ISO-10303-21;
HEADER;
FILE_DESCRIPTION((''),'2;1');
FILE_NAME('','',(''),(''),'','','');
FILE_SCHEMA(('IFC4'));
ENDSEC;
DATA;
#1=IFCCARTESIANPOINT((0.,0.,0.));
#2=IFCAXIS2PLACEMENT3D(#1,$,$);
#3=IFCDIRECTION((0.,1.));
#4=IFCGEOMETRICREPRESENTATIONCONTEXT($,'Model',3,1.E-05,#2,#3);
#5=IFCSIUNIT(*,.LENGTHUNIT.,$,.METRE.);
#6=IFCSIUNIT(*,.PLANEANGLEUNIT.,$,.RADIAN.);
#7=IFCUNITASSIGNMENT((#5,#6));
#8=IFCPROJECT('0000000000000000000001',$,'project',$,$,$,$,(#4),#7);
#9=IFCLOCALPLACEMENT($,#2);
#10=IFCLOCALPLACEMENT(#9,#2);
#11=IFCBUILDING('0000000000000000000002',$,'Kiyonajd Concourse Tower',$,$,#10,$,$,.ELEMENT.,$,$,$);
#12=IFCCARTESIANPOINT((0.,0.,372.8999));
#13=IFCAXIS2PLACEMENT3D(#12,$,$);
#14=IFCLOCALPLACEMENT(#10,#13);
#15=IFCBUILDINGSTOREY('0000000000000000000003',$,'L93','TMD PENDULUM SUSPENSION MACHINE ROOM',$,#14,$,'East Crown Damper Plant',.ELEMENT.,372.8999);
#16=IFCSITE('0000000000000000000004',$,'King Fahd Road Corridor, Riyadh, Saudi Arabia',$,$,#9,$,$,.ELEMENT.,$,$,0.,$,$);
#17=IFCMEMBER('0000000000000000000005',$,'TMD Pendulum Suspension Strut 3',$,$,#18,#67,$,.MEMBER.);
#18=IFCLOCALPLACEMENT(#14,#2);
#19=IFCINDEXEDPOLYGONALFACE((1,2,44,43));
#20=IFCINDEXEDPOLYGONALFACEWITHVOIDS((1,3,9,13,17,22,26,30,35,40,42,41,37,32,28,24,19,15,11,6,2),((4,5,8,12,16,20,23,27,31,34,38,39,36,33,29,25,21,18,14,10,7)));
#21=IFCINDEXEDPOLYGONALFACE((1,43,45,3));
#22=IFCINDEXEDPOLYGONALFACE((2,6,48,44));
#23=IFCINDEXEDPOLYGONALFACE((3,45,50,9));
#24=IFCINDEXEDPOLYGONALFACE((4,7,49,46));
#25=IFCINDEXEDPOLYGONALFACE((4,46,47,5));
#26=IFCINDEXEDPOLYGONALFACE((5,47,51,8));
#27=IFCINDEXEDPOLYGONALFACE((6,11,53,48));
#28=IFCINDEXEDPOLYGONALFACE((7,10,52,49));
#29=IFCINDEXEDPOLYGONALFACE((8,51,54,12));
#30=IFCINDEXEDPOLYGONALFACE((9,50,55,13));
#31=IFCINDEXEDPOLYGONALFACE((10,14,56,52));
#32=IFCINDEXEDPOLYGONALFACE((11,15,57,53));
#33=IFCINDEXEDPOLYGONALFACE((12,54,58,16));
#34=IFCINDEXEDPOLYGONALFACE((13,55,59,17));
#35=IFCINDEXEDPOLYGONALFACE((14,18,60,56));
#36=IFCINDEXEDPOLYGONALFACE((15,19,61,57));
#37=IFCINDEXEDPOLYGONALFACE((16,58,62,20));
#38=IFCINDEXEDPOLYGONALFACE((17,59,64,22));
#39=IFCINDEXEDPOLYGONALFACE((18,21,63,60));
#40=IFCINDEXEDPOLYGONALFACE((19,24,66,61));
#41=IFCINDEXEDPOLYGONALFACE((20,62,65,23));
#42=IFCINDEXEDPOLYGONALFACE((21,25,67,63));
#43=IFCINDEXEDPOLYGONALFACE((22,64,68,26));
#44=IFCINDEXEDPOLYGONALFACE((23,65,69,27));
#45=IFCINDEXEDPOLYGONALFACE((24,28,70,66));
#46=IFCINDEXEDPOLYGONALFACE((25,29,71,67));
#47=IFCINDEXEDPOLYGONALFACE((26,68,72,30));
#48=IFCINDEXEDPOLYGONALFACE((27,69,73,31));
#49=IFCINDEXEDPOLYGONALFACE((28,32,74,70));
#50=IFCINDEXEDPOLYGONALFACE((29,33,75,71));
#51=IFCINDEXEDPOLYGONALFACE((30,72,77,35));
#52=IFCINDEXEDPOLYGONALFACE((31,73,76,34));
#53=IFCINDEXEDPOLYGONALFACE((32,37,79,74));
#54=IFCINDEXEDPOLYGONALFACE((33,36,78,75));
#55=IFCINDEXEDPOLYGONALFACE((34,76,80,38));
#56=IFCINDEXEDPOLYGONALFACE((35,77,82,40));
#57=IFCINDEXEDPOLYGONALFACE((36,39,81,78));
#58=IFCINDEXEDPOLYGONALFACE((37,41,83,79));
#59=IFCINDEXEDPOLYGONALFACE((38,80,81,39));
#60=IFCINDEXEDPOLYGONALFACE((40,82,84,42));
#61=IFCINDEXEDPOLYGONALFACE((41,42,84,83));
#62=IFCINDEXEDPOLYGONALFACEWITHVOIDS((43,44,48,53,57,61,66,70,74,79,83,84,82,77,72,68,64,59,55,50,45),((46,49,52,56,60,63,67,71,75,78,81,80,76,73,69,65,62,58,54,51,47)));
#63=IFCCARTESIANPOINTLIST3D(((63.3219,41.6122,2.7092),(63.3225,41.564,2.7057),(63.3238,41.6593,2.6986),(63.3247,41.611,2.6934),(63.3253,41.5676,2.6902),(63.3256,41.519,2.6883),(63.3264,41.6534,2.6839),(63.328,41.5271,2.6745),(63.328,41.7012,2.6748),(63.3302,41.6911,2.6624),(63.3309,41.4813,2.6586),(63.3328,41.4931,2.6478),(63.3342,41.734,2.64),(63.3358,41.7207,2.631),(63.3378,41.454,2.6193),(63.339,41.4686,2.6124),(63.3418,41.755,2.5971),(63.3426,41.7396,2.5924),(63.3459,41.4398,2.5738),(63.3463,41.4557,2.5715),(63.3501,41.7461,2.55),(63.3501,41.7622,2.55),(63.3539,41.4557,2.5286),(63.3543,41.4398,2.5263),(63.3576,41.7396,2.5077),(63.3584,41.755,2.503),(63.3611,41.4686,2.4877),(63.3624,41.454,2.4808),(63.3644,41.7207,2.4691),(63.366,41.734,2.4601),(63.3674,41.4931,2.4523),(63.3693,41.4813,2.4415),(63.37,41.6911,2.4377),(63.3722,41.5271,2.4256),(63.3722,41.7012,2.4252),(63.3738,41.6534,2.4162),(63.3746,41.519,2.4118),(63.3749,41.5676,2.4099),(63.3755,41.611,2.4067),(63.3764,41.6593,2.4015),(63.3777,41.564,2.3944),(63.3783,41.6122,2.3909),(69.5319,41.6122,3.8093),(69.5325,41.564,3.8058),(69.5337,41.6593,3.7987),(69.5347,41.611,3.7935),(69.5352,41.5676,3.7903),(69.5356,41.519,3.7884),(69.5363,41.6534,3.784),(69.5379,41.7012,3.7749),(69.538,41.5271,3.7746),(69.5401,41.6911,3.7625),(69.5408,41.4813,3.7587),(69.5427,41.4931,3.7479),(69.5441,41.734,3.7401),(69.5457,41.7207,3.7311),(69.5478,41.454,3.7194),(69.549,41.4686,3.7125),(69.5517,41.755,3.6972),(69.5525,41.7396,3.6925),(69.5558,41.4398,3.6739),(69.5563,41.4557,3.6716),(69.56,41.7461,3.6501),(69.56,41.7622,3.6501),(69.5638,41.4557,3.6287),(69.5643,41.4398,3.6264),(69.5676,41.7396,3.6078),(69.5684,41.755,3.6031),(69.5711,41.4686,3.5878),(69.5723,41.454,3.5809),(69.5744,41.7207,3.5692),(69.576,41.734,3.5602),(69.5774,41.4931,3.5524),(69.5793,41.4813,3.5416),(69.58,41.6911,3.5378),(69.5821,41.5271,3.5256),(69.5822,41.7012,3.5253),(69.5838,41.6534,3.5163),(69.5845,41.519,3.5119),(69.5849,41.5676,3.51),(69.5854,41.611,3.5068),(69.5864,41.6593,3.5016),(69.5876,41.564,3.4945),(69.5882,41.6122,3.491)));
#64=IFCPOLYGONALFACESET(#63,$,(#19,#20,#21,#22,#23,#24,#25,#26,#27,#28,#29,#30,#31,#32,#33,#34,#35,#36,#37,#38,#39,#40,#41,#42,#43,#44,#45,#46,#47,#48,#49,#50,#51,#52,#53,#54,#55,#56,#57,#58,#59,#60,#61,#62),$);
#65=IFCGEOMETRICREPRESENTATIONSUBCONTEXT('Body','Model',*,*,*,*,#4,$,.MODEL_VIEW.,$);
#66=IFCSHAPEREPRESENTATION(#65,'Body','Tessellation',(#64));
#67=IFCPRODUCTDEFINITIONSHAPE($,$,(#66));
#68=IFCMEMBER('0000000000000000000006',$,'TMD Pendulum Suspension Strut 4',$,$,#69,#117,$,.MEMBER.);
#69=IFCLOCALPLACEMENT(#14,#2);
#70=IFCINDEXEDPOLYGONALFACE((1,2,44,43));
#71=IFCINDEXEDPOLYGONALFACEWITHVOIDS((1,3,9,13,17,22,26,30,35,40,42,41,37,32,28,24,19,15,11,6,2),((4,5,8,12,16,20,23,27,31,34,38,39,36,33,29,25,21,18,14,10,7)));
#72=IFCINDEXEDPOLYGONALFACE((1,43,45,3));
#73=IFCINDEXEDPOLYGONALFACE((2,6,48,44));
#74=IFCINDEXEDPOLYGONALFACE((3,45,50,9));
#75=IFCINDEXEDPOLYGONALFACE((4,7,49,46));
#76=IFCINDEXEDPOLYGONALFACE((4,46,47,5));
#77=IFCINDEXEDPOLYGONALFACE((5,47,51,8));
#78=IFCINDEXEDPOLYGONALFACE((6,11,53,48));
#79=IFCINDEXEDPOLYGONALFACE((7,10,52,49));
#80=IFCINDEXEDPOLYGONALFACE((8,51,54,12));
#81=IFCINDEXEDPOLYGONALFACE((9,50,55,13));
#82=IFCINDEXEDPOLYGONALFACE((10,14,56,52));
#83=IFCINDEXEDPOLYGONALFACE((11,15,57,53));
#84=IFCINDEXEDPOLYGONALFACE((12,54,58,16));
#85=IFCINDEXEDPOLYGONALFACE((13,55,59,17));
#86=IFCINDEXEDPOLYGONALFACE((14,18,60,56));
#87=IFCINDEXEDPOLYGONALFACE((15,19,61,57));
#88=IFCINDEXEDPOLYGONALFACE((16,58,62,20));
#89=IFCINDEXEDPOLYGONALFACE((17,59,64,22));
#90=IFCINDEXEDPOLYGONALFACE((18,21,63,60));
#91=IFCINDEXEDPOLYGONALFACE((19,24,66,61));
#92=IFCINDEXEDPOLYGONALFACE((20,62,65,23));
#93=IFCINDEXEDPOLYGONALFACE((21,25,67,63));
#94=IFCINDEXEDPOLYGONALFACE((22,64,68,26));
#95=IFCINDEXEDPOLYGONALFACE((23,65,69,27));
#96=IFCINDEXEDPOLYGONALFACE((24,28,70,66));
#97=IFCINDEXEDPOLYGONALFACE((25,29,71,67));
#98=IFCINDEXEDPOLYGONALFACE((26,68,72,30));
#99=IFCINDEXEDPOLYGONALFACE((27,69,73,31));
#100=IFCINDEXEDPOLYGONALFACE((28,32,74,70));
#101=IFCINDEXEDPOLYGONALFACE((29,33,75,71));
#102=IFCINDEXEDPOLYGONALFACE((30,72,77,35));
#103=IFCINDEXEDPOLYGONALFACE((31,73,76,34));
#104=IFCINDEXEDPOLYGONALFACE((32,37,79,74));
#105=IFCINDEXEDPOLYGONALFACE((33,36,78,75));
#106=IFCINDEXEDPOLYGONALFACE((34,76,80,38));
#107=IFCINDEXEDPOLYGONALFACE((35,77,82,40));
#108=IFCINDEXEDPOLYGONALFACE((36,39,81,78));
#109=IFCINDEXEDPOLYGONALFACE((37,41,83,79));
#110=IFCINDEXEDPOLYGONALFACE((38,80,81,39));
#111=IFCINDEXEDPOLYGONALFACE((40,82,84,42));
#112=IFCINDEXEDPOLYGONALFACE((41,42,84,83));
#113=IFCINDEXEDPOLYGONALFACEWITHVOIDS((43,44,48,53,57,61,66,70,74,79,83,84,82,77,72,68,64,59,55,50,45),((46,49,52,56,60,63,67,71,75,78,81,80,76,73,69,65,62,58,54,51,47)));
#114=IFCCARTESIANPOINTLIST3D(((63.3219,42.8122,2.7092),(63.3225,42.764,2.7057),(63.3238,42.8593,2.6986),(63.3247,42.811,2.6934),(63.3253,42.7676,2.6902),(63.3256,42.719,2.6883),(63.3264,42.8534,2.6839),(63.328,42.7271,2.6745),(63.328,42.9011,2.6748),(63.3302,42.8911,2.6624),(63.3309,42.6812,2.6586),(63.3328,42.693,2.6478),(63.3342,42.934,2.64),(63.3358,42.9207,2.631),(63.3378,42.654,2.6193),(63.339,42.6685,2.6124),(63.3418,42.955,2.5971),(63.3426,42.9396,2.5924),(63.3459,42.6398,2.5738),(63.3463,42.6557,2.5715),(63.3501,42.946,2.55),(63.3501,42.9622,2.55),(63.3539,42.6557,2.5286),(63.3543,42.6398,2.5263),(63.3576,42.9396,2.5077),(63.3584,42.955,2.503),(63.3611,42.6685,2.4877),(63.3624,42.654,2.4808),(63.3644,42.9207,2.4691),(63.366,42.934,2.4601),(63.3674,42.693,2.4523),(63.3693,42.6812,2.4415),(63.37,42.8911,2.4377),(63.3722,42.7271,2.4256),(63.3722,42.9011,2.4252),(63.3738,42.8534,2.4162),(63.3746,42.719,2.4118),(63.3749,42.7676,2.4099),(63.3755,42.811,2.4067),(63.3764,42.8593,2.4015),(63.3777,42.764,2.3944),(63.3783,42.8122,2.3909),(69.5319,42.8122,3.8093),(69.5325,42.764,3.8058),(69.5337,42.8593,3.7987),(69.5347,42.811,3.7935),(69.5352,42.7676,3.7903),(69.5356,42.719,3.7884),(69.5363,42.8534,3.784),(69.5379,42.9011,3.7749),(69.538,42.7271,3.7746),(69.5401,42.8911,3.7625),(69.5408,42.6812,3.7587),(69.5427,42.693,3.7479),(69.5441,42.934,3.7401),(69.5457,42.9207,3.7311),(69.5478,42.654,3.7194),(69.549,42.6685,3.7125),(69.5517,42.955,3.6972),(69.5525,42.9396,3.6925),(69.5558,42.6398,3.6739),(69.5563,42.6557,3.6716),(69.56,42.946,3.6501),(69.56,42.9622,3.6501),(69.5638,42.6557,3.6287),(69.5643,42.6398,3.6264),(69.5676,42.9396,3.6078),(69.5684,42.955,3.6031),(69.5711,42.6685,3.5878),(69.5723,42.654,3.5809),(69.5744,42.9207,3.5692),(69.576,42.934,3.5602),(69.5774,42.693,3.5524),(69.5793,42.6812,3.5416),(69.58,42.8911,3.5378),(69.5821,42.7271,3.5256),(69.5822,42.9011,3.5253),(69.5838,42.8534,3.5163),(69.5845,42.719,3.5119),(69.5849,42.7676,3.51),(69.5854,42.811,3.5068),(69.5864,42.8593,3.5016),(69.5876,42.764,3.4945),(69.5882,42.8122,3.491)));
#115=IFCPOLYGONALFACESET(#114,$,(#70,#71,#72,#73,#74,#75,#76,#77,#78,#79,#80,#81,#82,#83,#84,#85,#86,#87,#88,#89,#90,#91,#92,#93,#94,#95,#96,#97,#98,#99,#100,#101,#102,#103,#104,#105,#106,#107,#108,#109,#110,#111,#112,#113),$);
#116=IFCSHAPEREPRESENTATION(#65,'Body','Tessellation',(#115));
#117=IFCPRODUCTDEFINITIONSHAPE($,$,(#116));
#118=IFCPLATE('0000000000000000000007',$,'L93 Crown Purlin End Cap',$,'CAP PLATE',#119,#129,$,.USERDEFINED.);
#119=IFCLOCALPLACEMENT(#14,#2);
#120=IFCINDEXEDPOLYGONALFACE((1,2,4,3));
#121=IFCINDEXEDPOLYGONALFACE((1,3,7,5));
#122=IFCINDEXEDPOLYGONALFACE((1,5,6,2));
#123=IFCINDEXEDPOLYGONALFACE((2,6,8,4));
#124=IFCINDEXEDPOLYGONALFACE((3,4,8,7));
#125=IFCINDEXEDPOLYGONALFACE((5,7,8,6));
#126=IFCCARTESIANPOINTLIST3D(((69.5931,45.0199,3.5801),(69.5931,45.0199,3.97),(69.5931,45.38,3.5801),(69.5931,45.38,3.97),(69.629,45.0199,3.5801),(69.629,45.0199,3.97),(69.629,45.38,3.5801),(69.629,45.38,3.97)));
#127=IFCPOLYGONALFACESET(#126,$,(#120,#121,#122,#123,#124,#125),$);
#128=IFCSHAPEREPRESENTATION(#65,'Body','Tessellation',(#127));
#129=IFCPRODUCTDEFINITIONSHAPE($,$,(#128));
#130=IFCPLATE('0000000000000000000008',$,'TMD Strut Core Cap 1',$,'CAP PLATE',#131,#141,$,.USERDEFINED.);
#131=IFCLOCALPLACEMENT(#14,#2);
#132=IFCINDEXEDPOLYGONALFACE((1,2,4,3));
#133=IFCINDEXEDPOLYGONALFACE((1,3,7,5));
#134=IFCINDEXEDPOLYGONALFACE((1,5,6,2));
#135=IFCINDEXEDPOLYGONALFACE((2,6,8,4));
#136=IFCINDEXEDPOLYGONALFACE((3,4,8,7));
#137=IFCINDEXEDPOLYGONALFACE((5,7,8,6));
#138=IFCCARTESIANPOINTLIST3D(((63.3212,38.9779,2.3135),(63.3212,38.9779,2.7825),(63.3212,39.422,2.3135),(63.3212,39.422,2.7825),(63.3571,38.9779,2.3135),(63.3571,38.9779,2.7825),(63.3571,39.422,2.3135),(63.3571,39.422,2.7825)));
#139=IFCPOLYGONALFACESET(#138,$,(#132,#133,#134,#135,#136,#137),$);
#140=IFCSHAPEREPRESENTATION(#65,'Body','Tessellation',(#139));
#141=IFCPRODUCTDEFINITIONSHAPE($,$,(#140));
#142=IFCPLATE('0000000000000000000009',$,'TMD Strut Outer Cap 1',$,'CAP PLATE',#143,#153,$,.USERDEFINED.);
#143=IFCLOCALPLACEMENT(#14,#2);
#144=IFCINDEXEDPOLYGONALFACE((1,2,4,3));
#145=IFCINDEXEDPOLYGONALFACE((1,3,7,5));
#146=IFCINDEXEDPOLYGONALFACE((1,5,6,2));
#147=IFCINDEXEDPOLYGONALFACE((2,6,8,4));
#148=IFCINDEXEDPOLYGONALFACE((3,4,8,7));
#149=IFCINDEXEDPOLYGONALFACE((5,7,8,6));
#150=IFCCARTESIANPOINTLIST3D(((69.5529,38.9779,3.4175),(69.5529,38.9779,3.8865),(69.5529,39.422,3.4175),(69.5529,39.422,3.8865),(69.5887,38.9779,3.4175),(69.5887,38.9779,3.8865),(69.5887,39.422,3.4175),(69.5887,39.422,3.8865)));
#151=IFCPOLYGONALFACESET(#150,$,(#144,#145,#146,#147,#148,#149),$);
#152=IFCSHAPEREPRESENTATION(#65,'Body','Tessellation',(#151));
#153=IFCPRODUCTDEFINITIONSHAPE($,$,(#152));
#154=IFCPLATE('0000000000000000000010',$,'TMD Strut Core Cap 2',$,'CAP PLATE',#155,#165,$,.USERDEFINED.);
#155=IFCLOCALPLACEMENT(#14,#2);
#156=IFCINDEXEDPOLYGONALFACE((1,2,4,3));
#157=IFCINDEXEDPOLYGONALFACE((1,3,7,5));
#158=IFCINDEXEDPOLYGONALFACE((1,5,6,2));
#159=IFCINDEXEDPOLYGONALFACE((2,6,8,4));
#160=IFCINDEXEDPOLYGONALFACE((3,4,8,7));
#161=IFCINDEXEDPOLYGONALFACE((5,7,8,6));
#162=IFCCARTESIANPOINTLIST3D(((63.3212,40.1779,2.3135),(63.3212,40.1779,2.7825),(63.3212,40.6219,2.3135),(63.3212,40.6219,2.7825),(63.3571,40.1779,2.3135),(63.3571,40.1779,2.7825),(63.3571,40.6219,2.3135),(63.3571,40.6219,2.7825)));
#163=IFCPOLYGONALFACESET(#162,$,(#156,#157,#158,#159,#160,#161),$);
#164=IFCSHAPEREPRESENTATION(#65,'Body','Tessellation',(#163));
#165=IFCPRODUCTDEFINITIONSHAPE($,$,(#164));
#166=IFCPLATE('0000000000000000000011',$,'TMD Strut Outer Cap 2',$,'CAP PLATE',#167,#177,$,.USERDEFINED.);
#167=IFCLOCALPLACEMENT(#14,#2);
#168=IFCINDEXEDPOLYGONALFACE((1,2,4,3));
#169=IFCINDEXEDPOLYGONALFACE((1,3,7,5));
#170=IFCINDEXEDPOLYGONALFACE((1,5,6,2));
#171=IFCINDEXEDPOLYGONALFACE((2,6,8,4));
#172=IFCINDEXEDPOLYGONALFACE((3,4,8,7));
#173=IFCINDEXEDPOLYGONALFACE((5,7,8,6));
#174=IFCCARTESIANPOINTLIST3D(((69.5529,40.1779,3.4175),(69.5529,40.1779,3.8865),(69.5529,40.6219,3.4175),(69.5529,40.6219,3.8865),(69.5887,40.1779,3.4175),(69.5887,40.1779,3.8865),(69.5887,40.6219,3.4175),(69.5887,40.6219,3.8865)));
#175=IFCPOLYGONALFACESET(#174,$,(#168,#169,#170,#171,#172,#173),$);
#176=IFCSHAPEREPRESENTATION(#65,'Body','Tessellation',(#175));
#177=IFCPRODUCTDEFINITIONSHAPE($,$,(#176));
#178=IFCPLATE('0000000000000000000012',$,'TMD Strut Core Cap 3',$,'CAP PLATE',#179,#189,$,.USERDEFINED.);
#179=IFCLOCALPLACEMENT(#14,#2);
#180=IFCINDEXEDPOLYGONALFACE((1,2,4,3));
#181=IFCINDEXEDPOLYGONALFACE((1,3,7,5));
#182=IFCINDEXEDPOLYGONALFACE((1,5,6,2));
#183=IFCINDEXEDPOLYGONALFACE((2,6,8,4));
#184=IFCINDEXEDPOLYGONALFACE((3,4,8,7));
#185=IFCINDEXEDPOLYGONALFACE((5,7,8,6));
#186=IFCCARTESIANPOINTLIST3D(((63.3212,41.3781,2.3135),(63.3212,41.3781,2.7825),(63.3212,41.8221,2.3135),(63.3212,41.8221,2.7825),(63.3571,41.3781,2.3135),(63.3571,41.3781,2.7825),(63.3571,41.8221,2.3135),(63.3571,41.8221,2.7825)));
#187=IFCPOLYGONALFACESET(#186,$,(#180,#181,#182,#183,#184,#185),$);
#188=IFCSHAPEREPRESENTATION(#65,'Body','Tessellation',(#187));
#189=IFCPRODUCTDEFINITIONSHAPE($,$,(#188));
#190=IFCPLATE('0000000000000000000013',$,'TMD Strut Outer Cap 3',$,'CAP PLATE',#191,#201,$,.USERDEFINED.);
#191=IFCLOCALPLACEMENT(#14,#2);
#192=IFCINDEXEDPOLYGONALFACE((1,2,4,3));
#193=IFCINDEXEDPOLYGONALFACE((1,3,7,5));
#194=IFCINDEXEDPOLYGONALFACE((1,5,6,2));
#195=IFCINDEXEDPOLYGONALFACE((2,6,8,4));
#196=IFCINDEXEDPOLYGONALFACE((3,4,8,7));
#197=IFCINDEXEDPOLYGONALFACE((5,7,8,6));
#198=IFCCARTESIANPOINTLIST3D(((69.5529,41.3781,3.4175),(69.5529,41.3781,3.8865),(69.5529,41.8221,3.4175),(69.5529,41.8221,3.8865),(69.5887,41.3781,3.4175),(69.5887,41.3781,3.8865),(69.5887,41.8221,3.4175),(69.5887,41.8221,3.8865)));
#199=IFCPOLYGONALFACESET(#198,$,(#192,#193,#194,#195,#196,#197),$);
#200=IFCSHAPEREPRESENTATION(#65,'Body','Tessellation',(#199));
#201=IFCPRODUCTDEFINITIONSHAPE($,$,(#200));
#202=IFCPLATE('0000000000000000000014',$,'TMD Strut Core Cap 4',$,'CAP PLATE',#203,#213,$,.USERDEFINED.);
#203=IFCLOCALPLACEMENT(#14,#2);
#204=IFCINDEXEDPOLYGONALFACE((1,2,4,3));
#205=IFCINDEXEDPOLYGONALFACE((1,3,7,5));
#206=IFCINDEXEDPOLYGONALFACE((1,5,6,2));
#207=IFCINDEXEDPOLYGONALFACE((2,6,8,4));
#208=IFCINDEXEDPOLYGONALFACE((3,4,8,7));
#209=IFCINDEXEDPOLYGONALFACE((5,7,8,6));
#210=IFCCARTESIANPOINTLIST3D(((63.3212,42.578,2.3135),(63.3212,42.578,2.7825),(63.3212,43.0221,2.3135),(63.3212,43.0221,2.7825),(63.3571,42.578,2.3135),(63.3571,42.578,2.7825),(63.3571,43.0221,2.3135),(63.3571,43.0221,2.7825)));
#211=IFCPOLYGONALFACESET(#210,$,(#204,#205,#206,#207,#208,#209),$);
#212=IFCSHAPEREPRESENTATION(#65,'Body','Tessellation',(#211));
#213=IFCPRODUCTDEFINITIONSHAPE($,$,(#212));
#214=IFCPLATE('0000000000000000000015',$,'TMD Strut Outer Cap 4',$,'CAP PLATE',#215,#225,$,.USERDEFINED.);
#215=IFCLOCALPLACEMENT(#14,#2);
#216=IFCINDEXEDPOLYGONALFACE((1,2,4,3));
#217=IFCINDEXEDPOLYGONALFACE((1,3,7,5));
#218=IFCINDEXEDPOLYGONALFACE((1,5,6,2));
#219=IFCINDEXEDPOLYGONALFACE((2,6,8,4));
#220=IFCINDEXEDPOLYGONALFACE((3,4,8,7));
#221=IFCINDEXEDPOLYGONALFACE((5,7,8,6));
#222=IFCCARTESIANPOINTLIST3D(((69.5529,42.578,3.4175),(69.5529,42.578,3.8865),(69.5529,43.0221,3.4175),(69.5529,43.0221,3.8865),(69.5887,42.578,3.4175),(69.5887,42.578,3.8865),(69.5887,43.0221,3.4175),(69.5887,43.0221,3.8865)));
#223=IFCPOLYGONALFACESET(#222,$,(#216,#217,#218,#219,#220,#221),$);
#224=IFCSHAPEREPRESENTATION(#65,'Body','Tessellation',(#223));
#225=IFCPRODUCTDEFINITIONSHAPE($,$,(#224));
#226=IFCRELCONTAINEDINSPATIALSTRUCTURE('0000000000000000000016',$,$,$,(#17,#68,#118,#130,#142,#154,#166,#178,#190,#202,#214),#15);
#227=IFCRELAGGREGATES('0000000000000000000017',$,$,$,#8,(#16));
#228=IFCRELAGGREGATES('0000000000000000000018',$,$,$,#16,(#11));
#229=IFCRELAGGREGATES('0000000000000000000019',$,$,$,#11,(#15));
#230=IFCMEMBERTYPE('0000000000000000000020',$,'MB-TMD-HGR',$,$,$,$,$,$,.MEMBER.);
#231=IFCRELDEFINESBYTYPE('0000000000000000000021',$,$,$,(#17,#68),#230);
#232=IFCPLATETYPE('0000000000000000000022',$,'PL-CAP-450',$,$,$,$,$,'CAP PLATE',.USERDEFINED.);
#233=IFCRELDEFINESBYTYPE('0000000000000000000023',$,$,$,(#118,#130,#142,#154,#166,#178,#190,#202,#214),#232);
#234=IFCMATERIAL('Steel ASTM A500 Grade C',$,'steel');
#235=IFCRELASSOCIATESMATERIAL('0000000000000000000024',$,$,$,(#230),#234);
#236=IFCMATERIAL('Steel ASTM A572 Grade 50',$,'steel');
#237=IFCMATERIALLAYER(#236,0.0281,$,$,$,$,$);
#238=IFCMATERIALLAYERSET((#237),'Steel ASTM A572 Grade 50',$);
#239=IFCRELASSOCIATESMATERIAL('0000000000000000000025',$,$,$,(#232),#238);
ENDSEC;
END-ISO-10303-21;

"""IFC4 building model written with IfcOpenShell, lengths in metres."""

from ifc_helpers import new_model, si_unit, direction, frame, origin, origin_2d, place, context, subcontext, project, spatial, rectangle, hollow_circle, extrude, material, layer, layer_set, material_profile, profile_set, type_object, element, save


model = new_model("IFC4")

# Units and contexts
model_context = context("Model", 3, precision=1e-05, world=origin(), true_north=direction((0.0, 1.0)))
body_context = subcontext(model_context, "Body", "Model", "MODEL_VIEW")
ifc_project = project(units=[si_unit("LENGTHUNIT", "METRE"), si_unit("PLANEANGLEUNIT", "RADIAN")], contexts=[model_context])

# Site, building, storey
site_placement = place(None, origin())
site = spatial("IfcSite", under=ifc_project, at=site_placement, Name="King Fahd Road Corridor, Riyadh, Saudi Arabia", CompositionType="ELEMENT", RefElevation=0.0)
building_placement = place(site_placement, origin())
building = spatial("IfcBuilding", under=site, at=building_placement, Name="Kiyonajd Concourse Tower", CompositionType="ELEMENT")
storey_placement = place(building_placement, frame((0.0, 0.0, 372.8999)))
storey = spatial("IfcBuildingStorey", under=building, at=storey_placement, Name="L93", Description="TMD PENDULUM SUSPENSION MACHINE ROOM", LongName="East Crown Damper Plant", CompositionType="ELEMENT", Elevation=372.8999)

# Shared definitions
ifc_material_1 = material(Name="Steel ASTM A572 Grade 50", Category="steel")

# Members
ifc_material_2 = material(Name="Steel ASTM A500 Grade C", Category="steel")
ifc_material_profile_1 = material_profile(ifc_material_2, hollow_circle(Radius=0.1621, WallThickness=0.0161, at=origin_2d()), Name="CHS-324x16")
ifc_profile_set_1 = profile_set([ifc_material_profile_1], Name="Steel ASTM A500 Grade C")
member_type = type_object("IfcMemberType", Name="MB-TMD-HGR", PredefinedType="MEMBER", material=ifc_profile_set_1)
for number, where, z_axis, x_axis, name in (
    (1, (63.3501, 41.6001, 2.55), (0.984669, 0.0, 0.174435), (0.0, 1.0, 0.0), "TMD Pendulum Suspension Strut 3"),
    (2, (63.3501, 42.8, 2.55), (0.984669, 0.0, 0.174435), (0.0, 1.0, 0.0), "TMD Pendulum Suspension Strut 4"),
):
    element("IfcMember", number, at=place(storey_placement, frame(where, z_axis=z_axis, x_axis=x_axis)), inside=storey, type_object=member_type, Name=name, PredefinedType="MEMBER", context=body_context, shape_type="SweptSolid", body=[
        extrude(hollow_circle(Radius=0.1621, WallThickness=0.0161, at=origin_2d()), origin(), (0.0, 0.0, 1.0), 6.3066),
    ])

# Plates
ifc_layer_1 = layer(ifc_material_1, 0.0281)
ifc_layer_set_1 = layer_set([ifc_layer_1], Name="Steel ASTM A572 Grade 50")
plate_type_1 = type_object("IfcPlateType", Name="PL-CAP-450", ElementType="CAP PLATE", PredefinedType="USERDEFINED", material=ifc_layer_set_1)
plate_1_placement = place(storey_placement, frame((69.6111, 45.2, 3.5801), z_axis=(0.0, 0.0, 1.0), x_axis=(1.0, 0.0, 0.0)))
element("IfcPlate", 3, at=plate_1_placement, inside=storey, type_object=plate_type_1, Name="L93 Crown Purlin End Cap", ObjectType="CAP PLATE", PredefinedType="USERDEFINED", context=body_context, shape_type="SweptSolid", body=[
    extrude(rectangle(XDim=0.0359, YDim=0.3601, at=origin_2d()), origin(), (0.0, 0.0, 1.0), 0.3899),
])
for number, where, z_axis, x_axis, name in (
    (4, (63.3391, 39.2, 2.3135), (0.0, 0.0, 1.0), (-1.0, 0.0, 0.0), "TMD Strut Core Cap 1"),
    (5, (69.5708, 39.2, 3.4175), (0.0, 0.0, 1.0), (1.0, 0.0, 0.0), "TMD Strut Outer Cap 1"),
    (6, (63.3391, 40.3999, 2.3135), (0.0, 0.0, 1.0), (-1.0, 0.0, 0.0), "TMD Strut Core Cap 2"),
    (7, (69.5708, 40.3999, 3.4175), (0.0, 0.0, 1.0), (1.0, 0.0, 0.0), "TMD Strut Outer Cap 2"),
    (8, (63.3391, 41.6001, 2.3135), (0.0, 0.0, 1.0), (-1.0, 0.0, 0.0), "TMD Strut Core Cap 3"),
    (9, (69.5708, 41.6001, 3.4175), (0.0, 0.0, 1.0), (1.0, 0.0, 0.0), "TMD Strut Outer Cap 3"),
    (10, (63.3391, 42.8, 2.3135), (0.0, 0.0, 1.0), (-1.0, 0.0, 0.0), "TMD Strut Core Cap 4"),
    (11, (69.5708, 42.8, 3.4175), (0.0, 0.0, 1.0), (1.0, 0.0, 0.0), "TMD Strut Outer Cap 4"),
):
    element("IfcPlate", number, at=place(storey_placement, frame(where, z_axis=z_axis, x_axis=x_axis)), inside=storey, type_object=plate_type_1, Name=name, ObjectType="CAP PLATE", PredefinedType="USERDEFINED", context=body_context, shape_type="SweptSolid", body=[
        extrude(rectangle(XDim=0.0359, YDim=0.4441, at=origin_2d()), origin(), (0.0, 0.0, 1.0), 0.469),
    ])

save(model, "model.ifc")
